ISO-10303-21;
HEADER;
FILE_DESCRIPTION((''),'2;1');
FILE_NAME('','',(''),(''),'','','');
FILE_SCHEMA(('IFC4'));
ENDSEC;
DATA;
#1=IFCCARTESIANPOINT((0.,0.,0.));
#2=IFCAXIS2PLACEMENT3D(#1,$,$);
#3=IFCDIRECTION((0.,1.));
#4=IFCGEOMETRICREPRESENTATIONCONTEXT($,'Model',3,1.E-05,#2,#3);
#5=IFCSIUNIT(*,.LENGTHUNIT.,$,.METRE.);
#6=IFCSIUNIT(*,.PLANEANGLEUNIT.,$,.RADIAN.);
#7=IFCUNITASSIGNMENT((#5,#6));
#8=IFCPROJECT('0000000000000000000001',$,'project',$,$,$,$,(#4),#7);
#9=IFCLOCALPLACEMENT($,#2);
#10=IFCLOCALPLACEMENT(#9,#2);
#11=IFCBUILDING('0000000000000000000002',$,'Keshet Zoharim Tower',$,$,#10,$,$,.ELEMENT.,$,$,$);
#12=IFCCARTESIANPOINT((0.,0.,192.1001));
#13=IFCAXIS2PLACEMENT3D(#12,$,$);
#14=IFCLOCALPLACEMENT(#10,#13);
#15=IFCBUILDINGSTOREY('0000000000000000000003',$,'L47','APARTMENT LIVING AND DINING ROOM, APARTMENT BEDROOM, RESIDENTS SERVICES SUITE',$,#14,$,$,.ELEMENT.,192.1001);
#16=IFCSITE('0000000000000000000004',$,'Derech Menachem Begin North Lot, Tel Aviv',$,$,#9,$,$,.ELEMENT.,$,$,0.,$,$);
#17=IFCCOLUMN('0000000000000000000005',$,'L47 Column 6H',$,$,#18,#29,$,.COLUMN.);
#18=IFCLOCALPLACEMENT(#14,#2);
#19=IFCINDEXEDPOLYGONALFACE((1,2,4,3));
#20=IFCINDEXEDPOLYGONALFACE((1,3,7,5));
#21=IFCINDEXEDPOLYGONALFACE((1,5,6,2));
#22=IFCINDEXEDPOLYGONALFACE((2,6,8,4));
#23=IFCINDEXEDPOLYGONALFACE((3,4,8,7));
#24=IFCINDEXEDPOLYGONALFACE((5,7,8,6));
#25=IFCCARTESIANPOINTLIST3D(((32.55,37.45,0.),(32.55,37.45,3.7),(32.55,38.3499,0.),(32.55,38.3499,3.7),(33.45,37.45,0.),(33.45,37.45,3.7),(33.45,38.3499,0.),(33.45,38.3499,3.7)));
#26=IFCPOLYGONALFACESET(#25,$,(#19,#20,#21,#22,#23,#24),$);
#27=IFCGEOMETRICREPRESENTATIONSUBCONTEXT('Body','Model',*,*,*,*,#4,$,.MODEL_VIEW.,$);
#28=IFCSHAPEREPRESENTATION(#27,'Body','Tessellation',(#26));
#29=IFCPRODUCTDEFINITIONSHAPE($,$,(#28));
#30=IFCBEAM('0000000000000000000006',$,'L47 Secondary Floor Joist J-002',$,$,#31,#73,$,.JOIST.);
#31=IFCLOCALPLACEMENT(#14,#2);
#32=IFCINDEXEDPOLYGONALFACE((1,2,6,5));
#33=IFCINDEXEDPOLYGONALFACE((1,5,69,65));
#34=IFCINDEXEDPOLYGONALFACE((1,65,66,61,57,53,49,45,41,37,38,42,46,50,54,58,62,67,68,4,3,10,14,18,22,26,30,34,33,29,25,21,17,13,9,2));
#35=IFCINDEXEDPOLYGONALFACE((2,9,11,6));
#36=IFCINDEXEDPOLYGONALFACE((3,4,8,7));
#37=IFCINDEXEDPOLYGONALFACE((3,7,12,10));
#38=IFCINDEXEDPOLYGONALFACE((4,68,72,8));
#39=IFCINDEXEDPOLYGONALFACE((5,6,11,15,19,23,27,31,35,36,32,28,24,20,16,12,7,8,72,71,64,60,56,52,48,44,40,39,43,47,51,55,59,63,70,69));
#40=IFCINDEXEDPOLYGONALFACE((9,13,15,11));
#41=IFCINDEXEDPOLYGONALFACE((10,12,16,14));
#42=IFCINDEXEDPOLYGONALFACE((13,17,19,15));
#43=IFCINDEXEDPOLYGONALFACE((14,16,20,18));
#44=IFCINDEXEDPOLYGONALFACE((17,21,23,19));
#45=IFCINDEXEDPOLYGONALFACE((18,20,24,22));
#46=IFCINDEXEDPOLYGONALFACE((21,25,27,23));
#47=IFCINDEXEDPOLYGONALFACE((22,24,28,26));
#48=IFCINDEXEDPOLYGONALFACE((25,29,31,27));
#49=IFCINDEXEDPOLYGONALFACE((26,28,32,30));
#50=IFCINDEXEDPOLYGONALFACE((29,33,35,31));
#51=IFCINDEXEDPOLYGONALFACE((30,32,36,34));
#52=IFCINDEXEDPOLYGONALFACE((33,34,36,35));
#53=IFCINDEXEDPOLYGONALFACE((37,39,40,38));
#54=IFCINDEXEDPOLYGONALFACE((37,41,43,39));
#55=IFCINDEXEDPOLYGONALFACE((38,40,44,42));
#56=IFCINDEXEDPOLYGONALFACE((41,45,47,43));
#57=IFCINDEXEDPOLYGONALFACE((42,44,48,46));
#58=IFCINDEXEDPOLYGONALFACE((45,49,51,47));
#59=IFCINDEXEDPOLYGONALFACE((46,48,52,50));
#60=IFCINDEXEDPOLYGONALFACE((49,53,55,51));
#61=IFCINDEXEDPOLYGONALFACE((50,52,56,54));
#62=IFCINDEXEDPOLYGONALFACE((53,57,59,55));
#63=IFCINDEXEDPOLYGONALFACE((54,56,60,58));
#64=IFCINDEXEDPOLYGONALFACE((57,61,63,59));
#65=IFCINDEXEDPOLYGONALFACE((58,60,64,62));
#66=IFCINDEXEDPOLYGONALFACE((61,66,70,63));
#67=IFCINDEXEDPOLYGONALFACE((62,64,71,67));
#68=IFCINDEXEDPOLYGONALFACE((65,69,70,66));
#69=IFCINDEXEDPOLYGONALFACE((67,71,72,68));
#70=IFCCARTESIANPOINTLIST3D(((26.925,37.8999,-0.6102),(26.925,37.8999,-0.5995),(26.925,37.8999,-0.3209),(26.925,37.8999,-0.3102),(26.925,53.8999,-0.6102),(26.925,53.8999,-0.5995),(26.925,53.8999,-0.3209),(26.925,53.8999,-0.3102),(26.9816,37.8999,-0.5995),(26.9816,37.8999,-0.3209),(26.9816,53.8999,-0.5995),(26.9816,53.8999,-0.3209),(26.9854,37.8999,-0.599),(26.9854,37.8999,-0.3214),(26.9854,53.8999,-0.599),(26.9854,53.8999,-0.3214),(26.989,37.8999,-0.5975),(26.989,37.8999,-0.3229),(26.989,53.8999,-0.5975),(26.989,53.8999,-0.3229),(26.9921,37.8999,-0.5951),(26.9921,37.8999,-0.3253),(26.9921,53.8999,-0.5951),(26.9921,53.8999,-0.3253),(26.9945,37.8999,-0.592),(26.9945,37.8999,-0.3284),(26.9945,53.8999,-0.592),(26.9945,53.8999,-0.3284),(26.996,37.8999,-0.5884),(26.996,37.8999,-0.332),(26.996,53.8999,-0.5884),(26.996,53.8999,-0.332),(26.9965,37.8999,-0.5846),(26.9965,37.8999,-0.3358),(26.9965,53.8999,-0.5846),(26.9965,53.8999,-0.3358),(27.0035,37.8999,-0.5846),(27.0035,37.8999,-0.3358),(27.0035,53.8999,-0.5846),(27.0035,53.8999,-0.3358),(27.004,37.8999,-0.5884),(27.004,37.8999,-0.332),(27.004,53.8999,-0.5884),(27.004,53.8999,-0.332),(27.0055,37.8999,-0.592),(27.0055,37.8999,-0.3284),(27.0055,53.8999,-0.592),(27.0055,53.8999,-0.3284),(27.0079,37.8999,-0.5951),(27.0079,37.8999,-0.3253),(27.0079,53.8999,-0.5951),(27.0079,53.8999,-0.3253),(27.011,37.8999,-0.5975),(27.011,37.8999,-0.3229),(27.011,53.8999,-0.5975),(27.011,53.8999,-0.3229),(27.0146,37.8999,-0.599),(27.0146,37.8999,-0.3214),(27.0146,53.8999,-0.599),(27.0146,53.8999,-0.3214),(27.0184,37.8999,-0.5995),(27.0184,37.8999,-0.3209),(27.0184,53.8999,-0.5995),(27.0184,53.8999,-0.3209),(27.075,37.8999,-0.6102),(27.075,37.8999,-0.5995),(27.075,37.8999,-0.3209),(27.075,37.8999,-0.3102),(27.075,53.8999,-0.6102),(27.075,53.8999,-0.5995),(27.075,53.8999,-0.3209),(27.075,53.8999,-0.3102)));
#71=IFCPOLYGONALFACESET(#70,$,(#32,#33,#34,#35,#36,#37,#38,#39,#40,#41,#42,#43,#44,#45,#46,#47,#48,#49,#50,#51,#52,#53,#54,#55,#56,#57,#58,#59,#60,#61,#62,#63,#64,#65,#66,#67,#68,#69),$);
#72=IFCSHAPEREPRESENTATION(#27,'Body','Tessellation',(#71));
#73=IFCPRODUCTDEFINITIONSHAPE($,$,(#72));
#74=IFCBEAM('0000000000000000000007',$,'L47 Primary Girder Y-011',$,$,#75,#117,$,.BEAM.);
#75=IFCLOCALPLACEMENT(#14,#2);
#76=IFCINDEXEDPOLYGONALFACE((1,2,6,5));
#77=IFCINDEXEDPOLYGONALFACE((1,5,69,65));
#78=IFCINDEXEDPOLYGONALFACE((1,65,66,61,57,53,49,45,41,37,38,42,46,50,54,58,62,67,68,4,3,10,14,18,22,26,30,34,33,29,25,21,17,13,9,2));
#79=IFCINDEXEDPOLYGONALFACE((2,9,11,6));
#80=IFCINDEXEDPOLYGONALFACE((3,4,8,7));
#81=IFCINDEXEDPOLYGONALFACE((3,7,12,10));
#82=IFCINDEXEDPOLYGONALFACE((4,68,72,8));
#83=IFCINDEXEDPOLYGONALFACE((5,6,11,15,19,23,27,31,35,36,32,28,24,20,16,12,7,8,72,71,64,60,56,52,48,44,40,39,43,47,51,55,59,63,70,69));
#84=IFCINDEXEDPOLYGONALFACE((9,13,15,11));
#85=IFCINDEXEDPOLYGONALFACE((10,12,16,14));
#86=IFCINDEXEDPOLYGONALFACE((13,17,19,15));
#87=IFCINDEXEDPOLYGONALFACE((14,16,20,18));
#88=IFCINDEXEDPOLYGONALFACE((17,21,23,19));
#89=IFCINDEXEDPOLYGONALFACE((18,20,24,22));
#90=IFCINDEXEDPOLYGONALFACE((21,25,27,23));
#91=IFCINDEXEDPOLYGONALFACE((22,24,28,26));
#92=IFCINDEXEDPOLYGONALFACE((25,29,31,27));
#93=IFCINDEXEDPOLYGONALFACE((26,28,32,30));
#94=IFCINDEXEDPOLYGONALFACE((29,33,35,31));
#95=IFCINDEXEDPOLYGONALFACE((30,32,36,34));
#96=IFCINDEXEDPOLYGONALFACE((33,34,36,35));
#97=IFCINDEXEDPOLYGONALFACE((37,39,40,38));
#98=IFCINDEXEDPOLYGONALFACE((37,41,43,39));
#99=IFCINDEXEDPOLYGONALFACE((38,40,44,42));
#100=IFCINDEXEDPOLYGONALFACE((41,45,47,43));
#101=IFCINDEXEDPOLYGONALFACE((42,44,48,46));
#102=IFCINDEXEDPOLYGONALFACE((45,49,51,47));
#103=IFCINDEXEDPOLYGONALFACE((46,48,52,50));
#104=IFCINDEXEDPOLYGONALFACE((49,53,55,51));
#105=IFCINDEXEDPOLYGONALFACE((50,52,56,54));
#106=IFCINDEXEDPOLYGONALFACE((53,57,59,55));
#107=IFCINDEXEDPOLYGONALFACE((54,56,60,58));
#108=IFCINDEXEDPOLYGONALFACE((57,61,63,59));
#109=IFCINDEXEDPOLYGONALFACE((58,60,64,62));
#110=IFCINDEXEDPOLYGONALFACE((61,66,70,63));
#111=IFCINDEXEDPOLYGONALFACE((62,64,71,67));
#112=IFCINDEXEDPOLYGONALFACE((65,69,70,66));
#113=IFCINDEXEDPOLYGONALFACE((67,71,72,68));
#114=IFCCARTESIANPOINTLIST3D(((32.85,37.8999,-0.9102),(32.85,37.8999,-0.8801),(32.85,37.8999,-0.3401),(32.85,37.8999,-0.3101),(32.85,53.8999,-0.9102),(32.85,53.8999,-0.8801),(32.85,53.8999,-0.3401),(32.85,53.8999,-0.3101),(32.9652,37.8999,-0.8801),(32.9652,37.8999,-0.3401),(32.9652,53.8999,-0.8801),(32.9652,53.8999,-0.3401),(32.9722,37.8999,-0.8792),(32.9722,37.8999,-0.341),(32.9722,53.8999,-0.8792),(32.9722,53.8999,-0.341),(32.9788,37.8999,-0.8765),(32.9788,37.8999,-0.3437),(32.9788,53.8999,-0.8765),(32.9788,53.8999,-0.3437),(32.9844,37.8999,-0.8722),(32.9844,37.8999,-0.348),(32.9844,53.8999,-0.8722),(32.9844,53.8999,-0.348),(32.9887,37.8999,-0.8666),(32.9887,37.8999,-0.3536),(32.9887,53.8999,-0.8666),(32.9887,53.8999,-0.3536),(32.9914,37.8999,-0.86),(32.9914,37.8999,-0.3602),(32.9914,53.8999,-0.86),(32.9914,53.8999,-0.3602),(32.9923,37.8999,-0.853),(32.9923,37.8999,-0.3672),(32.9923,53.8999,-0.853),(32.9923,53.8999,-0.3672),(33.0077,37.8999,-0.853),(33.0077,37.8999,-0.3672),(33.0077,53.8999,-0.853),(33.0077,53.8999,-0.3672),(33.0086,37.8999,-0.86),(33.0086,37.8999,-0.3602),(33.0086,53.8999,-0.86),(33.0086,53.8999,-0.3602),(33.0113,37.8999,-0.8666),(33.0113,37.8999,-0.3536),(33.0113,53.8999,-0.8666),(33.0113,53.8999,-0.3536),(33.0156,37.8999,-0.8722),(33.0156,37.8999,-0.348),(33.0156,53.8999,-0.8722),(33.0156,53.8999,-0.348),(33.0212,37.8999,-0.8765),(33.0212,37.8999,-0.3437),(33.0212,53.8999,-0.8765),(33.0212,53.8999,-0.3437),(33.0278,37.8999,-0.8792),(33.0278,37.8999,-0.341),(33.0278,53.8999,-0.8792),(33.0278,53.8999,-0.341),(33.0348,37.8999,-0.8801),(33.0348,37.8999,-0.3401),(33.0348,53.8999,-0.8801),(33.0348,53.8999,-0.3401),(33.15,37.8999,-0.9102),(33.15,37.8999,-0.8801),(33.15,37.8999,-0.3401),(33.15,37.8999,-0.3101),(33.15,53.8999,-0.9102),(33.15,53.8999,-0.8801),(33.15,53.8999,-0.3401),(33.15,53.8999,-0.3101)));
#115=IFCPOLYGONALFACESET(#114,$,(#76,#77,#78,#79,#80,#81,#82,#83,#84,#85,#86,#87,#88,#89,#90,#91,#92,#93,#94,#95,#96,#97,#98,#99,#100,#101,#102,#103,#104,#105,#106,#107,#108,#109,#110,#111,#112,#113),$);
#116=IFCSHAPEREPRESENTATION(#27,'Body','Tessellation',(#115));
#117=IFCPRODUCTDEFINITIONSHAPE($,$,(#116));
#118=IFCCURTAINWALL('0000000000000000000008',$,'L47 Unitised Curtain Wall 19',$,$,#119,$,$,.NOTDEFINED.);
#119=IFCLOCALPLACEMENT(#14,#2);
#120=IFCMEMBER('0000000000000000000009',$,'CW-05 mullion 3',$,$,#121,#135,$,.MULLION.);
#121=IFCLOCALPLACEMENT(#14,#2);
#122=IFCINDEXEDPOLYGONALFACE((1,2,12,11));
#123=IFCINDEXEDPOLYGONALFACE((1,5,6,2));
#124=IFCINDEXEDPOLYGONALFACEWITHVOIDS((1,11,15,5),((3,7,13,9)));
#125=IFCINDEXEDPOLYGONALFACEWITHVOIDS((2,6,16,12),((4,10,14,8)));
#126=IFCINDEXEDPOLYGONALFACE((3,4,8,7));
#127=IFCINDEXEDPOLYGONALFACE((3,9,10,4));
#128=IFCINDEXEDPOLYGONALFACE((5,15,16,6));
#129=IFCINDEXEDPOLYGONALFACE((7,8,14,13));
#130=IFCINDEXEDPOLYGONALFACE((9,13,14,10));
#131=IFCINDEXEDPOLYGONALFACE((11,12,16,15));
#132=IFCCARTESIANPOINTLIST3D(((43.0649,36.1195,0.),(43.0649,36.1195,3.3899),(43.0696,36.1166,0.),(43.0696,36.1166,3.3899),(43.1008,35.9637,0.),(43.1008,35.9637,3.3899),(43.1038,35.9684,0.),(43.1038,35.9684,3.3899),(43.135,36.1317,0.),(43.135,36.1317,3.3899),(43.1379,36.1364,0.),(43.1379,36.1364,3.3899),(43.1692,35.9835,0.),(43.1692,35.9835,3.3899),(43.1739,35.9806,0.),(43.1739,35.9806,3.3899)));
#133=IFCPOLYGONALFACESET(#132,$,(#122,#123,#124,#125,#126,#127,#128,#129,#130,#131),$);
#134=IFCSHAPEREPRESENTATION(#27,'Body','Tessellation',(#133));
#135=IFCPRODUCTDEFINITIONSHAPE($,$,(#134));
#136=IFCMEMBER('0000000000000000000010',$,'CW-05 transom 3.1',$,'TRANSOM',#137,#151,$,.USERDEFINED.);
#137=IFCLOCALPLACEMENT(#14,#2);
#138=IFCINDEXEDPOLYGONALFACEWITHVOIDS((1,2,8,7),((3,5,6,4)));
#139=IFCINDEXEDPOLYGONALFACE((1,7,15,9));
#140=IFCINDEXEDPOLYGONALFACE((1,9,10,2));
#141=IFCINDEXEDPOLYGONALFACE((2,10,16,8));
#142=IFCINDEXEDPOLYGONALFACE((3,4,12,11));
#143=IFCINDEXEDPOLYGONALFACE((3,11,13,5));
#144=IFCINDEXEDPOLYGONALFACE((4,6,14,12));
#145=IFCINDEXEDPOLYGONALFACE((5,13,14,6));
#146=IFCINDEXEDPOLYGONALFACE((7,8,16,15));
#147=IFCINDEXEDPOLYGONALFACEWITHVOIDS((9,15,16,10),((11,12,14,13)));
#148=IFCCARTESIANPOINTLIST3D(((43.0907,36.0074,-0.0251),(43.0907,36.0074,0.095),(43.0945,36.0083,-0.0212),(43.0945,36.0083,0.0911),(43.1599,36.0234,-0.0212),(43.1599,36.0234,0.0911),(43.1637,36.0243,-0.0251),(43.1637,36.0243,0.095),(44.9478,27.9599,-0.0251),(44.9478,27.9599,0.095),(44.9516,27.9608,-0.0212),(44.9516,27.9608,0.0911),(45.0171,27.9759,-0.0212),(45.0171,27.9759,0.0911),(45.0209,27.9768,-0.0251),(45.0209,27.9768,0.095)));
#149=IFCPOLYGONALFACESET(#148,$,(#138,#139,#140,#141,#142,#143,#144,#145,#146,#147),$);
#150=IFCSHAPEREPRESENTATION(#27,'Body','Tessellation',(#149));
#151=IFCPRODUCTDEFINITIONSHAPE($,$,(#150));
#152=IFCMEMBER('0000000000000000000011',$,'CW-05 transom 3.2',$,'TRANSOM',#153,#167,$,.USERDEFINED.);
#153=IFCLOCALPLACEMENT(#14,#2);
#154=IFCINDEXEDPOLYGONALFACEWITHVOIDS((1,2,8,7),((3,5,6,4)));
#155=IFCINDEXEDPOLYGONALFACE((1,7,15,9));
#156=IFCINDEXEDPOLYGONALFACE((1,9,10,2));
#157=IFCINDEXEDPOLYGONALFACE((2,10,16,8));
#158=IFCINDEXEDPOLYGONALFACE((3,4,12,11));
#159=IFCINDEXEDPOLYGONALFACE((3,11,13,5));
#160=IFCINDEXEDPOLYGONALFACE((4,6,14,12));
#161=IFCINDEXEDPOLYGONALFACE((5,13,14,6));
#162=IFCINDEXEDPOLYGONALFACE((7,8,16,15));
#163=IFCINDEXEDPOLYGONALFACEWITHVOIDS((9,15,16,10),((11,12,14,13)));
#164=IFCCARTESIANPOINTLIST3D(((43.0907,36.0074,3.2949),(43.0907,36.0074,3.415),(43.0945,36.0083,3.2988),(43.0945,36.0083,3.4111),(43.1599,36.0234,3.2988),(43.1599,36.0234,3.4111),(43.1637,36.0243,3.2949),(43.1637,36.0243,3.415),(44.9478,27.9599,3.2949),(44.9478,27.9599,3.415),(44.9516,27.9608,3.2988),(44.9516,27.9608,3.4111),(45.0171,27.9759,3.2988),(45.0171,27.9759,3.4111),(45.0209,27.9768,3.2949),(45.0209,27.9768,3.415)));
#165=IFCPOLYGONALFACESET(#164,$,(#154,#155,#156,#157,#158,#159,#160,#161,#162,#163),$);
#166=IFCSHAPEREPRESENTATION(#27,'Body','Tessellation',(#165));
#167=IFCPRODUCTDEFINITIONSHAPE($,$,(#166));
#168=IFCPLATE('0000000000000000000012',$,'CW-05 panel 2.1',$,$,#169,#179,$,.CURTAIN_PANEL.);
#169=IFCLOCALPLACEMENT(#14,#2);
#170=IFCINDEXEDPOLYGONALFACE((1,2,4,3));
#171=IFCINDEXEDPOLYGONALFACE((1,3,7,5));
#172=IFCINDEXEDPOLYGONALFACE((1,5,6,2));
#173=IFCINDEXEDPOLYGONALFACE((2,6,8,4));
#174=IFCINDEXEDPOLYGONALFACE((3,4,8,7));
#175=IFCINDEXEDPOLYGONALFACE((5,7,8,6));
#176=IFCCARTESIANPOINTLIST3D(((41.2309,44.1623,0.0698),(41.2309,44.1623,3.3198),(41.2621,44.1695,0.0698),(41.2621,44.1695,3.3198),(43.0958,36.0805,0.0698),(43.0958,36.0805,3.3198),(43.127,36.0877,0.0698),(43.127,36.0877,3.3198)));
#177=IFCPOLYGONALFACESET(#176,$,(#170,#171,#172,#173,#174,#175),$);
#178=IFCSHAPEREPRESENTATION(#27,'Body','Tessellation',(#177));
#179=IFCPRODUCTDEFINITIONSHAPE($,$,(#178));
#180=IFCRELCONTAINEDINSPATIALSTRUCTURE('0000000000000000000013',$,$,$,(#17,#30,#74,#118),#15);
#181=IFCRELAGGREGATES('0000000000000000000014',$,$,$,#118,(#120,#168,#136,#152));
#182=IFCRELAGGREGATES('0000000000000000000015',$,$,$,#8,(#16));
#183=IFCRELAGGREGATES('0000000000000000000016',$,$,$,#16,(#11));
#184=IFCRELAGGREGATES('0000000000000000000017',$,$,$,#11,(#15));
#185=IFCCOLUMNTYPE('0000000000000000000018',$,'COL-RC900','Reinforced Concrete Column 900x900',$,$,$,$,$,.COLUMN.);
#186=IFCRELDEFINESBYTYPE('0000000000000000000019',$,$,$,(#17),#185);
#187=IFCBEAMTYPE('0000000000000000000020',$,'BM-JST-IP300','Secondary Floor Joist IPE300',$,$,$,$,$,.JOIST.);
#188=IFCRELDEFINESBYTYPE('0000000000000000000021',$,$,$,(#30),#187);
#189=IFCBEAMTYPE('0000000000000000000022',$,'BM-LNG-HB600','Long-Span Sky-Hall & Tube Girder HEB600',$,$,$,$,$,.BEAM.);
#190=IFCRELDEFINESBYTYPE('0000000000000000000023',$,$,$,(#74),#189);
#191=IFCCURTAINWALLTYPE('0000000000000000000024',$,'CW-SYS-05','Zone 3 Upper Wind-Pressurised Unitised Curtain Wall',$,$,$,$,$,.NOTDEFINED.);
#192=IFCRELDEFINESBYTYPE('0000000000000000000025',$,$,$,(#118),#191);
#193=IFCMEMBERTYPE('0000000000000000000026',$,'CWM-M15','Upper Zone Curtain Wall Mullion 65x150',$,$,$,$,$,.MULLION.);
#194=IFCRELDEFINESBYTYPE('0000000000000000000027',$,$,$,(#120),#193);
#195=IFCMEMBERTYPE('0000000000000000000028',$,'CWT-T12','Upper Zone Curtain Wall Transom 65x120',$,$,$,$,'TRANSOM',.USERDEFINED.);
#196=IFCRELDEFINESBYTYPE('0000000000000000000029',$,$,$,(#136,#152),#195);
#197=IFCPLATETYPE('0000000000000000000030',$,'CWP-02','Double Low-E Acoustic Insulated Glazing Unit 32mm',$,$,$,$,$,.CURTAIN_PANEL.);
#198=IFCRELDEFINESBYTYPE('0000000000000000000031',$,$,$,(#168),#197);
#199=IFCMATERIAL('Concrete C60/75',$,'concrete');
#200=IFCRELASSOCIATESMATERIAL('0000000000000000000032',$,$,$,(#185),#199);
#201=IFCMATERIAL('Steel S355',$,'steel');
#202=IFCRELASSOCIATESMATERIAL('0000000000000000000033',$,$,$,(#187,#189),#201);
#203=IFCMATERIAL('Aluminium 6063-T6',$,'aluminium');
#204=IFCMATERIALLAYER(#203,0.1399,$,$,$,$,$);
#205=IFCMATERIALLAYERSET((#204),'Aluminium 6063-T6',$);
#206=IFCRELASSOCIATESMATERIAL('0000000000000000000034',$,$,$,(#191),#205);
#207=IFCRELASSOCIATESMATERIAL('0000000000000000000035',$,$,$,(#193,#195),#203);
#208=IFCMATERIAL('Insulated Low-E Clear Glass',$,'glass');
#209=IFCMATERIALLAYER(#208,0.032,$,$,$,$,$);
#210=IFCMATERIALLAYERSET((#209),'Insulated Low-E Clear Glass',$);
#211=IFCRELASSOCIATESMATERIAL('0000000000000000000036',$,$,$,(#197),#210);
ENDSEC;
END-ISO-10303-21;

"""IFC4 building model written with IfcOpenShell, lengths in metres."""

from ifc_helpers import new_model, si_unit, direction, frame, origin, origin_2d, place, context, subcontext, project, spatial, rectangle, hollow_rectangle, i_section, extrude, material, layer, layer_set, material_profile, profile_set, type_object, element, aggregate, save


model = new_model("IFC4")

# Units and contexts
model_context = context("Model", 3, precision=1e-05, world=origin(), true_north=direction((0.0, 1.0)))
body_context = subcontext(model_context, "Body", "Model", "MODEL_VIEW")
ifc_project = project(units=[si_unit("LENGTHUNIT", "METRE"), si_unit("PLANEANGLEUNIT", "RADIAN")], contexts=[model_context])

# Site, building, storey
site_placement = place(None, origin())
site = spatial("IfcSite", under=ifc_project, at=site_placement, Name="Derech Menachem Begin North Lot, Tel Aviv", CompositionType="ELEMENT", RefElevation=0.0)
building_placement = place(site_placement, origin())
building = spatial("IfcBuilding", under=site, at=building_placement, Name="Keshet Zoharim Tower", CompositionType="ELEMENT")
storey_placement = place(building_placement, frame((0.0, 0.0, 192.1001)))
storey = spatial("IfcBuildingStorey", under=building, at=storey_placement, Name="L47", Description="APARTMENT LIVING AND DINING ROOM, APARTMENT BEDROOM, RESIDENTS SERVICES SUITE", CompositionType="ELEMENT", Elevation=192.1001)

# Column
ifc_material_1 = material(Name="Concrete C60/75", Category="concrete")
ifc_material_profile_1 = material_profile(ifc_material_1, rectangle(XDim=0.8999, YDim=0.8999, at=origin_2d()), Name="RC900x900")
ifc_profile_set_1 = profile_set([ifc_material_profile_1], Name="Concrete C60/75")
column_type = type_object("IfcColumnType", Name="COL-RC900", Description="Reinforced Concrete Column 900x900", PredefinedType="COLUMN", material=ifc_profile_set_1)
column_placement = place(storey_placement, frame((33.0, 37.8999, 0.0), z_axis=(0.0, 0.0, 1.0), x_axis=(1.0, 0.0, 0.0)))
element("IfcColumn", 1, at=column_placement, inside=storey, type_object=column_type, Name="L47 Column 6H", PredefinedType="COLUMN", context=body_context, shape_type="SweptSolid", body=[
    extrude(rectangle(XDim=0.8999, YDim=0.8999, at=origin_2d()), origin(), (0.0, 0.0, 1.0), 3.7),
])

# Beams
ifc_material_2 = material(Name="Steel S355", Category="steel")
ifc_material_profile_2 = material_profile(ifc_material_2, i_section(OverallWidth=0.1499, OverallDepth=0.3, WebThickness=0.0071, FlangeThickness=0.0107, FilletRadius=0.0149, at=origin_2d()), Name="IPE300")
ifc_profile_set_2 = profile_set([ifc_material_profile_2], Name="Steel S355")
beam_type_1 = type_object("IfcBeamType", Name="BM-JST-IP300", Description="Secondary Floor Joist IPE300", PredefinedType="JOIST", material=ifc_profile_set_2)
beam_1_placement = place(storey_placement, frame((27.0, 37.8999, -0.4602), z_axis=(0.0, 1.0, 0.0), x_axis=(-1.0, 0.0, 0.0)))
element("IfcBeam", 2, at=beam_1_placement, inside=storey, type_object=beam_type_1, Name="L47 Secondary Floor Joist J-002", PredefinedType="JOIST", context=body_context, shape_type="SweptSolid", body=[
    extrude(i_section(OverallWidth=0.1499, OverallDepth=0.3, WebThickness=0.0071, FlangeThickness=0.0107, FilletRadius=0.0149, at=origin_2d()), origin(), (0.0, 0.0, 1.0), 16.0),
])
ifc_material_profile_3 = material_profile(ifc_material_2, i_section(OverallWidth=0.3, OverallDepth=0.6001, WebThickness=0.0154, FlangeThickness=0.03, FilletRadius=0.0271, at=origin_2d()), Name="HEB600")
ifc_profile_set_3 = profile_set([ifc_material_profile_3], Name="Steel S355")
beam_type_2 = type_object("IfcBeamType", Name="BM-LNG-HB600", Description="Long-Span Sky-Hall & Tube Girder HEB600", PredefinedType="BEAM", material=ifc_profile_set_3)
beam_2_placement = place(storey_placement, frame((33.0, 37.8999, -0.6101), z_axis=(0.0, 1.0, 0.0), x_axis=(-1.0, 0.0, 0.0)))
element("IfcBeam", 3, at=beam_2_placement, inside=storey, type_object=beam_type_2, Name="L47 Primary Girder Y-011", PredefinedType="BEAM", context=body_context, shape_type="SweptSolid", body=[
    extrude(i_section(OverallWidth=0.3, OverallDepth=0.6001, WebThickness=0.0154, FlangeThickness=0.03, FilletRadius=0.0271, at=origin_2d()), origin(), (0.0, 0.0, 1.0), 16.0),
])

# Curtain wall, members, plate
ifc_material_3 = material(Name="Aluminium 6063-T6", Category="aluminium")
ifc_layer_1 = layer(ifc_material_3, 0.1399)
ifc_layer_set_1 = layer_set([ifc_layer_1], Name="Aluminium 6063-T6")
curtain_wall_type = type_object("IfcCurtainWallType", Name="CW-SYS-05", Description="Zone 3 Upper Wind-Pressurised Unitised Curtain Wall", PredefinedType="NOTDEFINED", material=ifc_layer_set_1)
curtain_wall_placement = place(storey_placement, origin())
curtain_wall = element("IfcCurtainWall", 4, at=curtain_wall_placement, inside=storey, type_object=curtain_wall_type, Name="L47 Unitised Curtain Wall 19", PredefinedType="NOTDEFINED")
ifc_material_profile_4 = material_profile(ifc_material_3, hollow_rectangle(XDim=0.075, YDim=0.1599, WallThickness=0.0039, at=origin_2d()), Name="MUL-75x160")
ifc_profile_set_4 = profile_set([ifc_material_profile_4], Name="Aluminium 6063-T6")
member_type_1 = type_object("IfcMemberType", Name="CWM-M15", Description="Upper Zone Curtain Wall Mullion 65x150", PredefinedType="MULLION", material=ifc_profile_set_4)
member_1_placement = place(storey_placement, frame((43.1194, 36.05, 0.0), z_axis=(0.0, 0.0, 1.0), x_axis=(0.974394, 0.224848, 0.0)))
member_1 = element("IfcMember", 5, at=member_1_placement, type_object=member_type_1, Name="CW-05 mullion 3", PredefinedType="MULLION", context=body_context, shape_type="SweptSolid", body=[
    extrude(hollow_rectangle(XDim=0.075, YDim=0.1599, WallThickness=0.0039, at=origin_2d()), origin(), (0.0, 0.0, 1.0), 3.3899),
])
ifc_material_profile_5 = material_profile(ifc_material_3, hollow_rectangle(XDim=0.075, YDim=0.1201, WallThickness=0.0039, at=origin_2d()), Name="TRN-75x120")
ifc_profile_set_5 = profile_set([ifc_material_profile_5], Name="Aluminium 6063-T6")
member_type_2 = type_object("IfcMemberType", Name="CWT-T12", Description="Upper Zone Curtain Wall Transom 65x120", ElementType="TRANSOM", PredefinedType="USERDEFINED", material=ifc_profile_set_5)
member_2_placement = place(storey_placement, frame((43.1272, 36.0159, 0.0349), z_axis=(0.224864, -0.97439, 0.0), x_axis=(0.97439, 0.224864, 0.0)))
member_2 = element("IfcMember", 6, at=member_2_placement, type_object=member_type_2, Name="CW-05 transom 3.1", ObjectType="TRANSOM", PredefinedType="USERDEFINED", context=body_context, shape_type="SweptSolid", body=[
    extrude(hollow_rectangle(XDim=0.075, YDim=0.1201, WallThickness=0.0039, at=origin_2d()), origin(), (0.0, 0.0, 1.0), 8.259),
])
member_3_placement = place(storey_placement, frame((43.1272, 36.0159, 3.355), z_axis=(0.224864, -0.97439, 0.0), x_axis=(0.97439, 0.224864, 0.0)))
member_3 = element("IfcMember", 7, at=member_3_placement, type_object=member_type_2, Name="CW-05 transom 3.2", ObjectType="TRANSOM", PredefinedType="USERDEFINED", context=body_context, shape_type="SweptSolid", body=[
    extrude(hollow_rectangle(XDim=0.075, YDim=0.1201, WallThickness=0.0039, at=origin_2d()), origin(), (0.0, 0.0, 1.0), 8.259),
])
ifc_material_4 = material(Name="Insulated Low-E Clear Glass", Category="glass")
ifc_layer_2 = layer(ifc_material_4, 0.032)
ifc_layer_set_2 = layer_set([ifc_layer_2], Name="Insulated Low-E Clear Glass")
plate_type = type_object("IfcPlateType", Name="CWP-02", Description="Double Low-E Acoustic Insulated Glazing Unit 32mm", PredefinedType="CURTAIN_PANEL", material=ifc_layer_set_2)
plate_placement = place(storey_placement, frame((42.179, 40.125, 0.0698), z_axis=(0.0, 0.0, 1.0), x_axis=(0.224848, -0.974394, 0.0)))
plate = element("IfcPlate", 8, at=plate_placement, type_object=plate_type, Name="CW-05 panel 2.1", PredefinedType="CURTAIN_PANEL", context=body_context, shape_type="SweptSolid", body=[
    extrude(rectangle(XDim=8.2942, YDim=0.032, at=origin_2d()), origin(), (0.0, 0.0, 1.0), 3.25),
])
aggregate(curtain_wall, [member_1, plate, member_2, member_3])

save(model, "model.ifc")
